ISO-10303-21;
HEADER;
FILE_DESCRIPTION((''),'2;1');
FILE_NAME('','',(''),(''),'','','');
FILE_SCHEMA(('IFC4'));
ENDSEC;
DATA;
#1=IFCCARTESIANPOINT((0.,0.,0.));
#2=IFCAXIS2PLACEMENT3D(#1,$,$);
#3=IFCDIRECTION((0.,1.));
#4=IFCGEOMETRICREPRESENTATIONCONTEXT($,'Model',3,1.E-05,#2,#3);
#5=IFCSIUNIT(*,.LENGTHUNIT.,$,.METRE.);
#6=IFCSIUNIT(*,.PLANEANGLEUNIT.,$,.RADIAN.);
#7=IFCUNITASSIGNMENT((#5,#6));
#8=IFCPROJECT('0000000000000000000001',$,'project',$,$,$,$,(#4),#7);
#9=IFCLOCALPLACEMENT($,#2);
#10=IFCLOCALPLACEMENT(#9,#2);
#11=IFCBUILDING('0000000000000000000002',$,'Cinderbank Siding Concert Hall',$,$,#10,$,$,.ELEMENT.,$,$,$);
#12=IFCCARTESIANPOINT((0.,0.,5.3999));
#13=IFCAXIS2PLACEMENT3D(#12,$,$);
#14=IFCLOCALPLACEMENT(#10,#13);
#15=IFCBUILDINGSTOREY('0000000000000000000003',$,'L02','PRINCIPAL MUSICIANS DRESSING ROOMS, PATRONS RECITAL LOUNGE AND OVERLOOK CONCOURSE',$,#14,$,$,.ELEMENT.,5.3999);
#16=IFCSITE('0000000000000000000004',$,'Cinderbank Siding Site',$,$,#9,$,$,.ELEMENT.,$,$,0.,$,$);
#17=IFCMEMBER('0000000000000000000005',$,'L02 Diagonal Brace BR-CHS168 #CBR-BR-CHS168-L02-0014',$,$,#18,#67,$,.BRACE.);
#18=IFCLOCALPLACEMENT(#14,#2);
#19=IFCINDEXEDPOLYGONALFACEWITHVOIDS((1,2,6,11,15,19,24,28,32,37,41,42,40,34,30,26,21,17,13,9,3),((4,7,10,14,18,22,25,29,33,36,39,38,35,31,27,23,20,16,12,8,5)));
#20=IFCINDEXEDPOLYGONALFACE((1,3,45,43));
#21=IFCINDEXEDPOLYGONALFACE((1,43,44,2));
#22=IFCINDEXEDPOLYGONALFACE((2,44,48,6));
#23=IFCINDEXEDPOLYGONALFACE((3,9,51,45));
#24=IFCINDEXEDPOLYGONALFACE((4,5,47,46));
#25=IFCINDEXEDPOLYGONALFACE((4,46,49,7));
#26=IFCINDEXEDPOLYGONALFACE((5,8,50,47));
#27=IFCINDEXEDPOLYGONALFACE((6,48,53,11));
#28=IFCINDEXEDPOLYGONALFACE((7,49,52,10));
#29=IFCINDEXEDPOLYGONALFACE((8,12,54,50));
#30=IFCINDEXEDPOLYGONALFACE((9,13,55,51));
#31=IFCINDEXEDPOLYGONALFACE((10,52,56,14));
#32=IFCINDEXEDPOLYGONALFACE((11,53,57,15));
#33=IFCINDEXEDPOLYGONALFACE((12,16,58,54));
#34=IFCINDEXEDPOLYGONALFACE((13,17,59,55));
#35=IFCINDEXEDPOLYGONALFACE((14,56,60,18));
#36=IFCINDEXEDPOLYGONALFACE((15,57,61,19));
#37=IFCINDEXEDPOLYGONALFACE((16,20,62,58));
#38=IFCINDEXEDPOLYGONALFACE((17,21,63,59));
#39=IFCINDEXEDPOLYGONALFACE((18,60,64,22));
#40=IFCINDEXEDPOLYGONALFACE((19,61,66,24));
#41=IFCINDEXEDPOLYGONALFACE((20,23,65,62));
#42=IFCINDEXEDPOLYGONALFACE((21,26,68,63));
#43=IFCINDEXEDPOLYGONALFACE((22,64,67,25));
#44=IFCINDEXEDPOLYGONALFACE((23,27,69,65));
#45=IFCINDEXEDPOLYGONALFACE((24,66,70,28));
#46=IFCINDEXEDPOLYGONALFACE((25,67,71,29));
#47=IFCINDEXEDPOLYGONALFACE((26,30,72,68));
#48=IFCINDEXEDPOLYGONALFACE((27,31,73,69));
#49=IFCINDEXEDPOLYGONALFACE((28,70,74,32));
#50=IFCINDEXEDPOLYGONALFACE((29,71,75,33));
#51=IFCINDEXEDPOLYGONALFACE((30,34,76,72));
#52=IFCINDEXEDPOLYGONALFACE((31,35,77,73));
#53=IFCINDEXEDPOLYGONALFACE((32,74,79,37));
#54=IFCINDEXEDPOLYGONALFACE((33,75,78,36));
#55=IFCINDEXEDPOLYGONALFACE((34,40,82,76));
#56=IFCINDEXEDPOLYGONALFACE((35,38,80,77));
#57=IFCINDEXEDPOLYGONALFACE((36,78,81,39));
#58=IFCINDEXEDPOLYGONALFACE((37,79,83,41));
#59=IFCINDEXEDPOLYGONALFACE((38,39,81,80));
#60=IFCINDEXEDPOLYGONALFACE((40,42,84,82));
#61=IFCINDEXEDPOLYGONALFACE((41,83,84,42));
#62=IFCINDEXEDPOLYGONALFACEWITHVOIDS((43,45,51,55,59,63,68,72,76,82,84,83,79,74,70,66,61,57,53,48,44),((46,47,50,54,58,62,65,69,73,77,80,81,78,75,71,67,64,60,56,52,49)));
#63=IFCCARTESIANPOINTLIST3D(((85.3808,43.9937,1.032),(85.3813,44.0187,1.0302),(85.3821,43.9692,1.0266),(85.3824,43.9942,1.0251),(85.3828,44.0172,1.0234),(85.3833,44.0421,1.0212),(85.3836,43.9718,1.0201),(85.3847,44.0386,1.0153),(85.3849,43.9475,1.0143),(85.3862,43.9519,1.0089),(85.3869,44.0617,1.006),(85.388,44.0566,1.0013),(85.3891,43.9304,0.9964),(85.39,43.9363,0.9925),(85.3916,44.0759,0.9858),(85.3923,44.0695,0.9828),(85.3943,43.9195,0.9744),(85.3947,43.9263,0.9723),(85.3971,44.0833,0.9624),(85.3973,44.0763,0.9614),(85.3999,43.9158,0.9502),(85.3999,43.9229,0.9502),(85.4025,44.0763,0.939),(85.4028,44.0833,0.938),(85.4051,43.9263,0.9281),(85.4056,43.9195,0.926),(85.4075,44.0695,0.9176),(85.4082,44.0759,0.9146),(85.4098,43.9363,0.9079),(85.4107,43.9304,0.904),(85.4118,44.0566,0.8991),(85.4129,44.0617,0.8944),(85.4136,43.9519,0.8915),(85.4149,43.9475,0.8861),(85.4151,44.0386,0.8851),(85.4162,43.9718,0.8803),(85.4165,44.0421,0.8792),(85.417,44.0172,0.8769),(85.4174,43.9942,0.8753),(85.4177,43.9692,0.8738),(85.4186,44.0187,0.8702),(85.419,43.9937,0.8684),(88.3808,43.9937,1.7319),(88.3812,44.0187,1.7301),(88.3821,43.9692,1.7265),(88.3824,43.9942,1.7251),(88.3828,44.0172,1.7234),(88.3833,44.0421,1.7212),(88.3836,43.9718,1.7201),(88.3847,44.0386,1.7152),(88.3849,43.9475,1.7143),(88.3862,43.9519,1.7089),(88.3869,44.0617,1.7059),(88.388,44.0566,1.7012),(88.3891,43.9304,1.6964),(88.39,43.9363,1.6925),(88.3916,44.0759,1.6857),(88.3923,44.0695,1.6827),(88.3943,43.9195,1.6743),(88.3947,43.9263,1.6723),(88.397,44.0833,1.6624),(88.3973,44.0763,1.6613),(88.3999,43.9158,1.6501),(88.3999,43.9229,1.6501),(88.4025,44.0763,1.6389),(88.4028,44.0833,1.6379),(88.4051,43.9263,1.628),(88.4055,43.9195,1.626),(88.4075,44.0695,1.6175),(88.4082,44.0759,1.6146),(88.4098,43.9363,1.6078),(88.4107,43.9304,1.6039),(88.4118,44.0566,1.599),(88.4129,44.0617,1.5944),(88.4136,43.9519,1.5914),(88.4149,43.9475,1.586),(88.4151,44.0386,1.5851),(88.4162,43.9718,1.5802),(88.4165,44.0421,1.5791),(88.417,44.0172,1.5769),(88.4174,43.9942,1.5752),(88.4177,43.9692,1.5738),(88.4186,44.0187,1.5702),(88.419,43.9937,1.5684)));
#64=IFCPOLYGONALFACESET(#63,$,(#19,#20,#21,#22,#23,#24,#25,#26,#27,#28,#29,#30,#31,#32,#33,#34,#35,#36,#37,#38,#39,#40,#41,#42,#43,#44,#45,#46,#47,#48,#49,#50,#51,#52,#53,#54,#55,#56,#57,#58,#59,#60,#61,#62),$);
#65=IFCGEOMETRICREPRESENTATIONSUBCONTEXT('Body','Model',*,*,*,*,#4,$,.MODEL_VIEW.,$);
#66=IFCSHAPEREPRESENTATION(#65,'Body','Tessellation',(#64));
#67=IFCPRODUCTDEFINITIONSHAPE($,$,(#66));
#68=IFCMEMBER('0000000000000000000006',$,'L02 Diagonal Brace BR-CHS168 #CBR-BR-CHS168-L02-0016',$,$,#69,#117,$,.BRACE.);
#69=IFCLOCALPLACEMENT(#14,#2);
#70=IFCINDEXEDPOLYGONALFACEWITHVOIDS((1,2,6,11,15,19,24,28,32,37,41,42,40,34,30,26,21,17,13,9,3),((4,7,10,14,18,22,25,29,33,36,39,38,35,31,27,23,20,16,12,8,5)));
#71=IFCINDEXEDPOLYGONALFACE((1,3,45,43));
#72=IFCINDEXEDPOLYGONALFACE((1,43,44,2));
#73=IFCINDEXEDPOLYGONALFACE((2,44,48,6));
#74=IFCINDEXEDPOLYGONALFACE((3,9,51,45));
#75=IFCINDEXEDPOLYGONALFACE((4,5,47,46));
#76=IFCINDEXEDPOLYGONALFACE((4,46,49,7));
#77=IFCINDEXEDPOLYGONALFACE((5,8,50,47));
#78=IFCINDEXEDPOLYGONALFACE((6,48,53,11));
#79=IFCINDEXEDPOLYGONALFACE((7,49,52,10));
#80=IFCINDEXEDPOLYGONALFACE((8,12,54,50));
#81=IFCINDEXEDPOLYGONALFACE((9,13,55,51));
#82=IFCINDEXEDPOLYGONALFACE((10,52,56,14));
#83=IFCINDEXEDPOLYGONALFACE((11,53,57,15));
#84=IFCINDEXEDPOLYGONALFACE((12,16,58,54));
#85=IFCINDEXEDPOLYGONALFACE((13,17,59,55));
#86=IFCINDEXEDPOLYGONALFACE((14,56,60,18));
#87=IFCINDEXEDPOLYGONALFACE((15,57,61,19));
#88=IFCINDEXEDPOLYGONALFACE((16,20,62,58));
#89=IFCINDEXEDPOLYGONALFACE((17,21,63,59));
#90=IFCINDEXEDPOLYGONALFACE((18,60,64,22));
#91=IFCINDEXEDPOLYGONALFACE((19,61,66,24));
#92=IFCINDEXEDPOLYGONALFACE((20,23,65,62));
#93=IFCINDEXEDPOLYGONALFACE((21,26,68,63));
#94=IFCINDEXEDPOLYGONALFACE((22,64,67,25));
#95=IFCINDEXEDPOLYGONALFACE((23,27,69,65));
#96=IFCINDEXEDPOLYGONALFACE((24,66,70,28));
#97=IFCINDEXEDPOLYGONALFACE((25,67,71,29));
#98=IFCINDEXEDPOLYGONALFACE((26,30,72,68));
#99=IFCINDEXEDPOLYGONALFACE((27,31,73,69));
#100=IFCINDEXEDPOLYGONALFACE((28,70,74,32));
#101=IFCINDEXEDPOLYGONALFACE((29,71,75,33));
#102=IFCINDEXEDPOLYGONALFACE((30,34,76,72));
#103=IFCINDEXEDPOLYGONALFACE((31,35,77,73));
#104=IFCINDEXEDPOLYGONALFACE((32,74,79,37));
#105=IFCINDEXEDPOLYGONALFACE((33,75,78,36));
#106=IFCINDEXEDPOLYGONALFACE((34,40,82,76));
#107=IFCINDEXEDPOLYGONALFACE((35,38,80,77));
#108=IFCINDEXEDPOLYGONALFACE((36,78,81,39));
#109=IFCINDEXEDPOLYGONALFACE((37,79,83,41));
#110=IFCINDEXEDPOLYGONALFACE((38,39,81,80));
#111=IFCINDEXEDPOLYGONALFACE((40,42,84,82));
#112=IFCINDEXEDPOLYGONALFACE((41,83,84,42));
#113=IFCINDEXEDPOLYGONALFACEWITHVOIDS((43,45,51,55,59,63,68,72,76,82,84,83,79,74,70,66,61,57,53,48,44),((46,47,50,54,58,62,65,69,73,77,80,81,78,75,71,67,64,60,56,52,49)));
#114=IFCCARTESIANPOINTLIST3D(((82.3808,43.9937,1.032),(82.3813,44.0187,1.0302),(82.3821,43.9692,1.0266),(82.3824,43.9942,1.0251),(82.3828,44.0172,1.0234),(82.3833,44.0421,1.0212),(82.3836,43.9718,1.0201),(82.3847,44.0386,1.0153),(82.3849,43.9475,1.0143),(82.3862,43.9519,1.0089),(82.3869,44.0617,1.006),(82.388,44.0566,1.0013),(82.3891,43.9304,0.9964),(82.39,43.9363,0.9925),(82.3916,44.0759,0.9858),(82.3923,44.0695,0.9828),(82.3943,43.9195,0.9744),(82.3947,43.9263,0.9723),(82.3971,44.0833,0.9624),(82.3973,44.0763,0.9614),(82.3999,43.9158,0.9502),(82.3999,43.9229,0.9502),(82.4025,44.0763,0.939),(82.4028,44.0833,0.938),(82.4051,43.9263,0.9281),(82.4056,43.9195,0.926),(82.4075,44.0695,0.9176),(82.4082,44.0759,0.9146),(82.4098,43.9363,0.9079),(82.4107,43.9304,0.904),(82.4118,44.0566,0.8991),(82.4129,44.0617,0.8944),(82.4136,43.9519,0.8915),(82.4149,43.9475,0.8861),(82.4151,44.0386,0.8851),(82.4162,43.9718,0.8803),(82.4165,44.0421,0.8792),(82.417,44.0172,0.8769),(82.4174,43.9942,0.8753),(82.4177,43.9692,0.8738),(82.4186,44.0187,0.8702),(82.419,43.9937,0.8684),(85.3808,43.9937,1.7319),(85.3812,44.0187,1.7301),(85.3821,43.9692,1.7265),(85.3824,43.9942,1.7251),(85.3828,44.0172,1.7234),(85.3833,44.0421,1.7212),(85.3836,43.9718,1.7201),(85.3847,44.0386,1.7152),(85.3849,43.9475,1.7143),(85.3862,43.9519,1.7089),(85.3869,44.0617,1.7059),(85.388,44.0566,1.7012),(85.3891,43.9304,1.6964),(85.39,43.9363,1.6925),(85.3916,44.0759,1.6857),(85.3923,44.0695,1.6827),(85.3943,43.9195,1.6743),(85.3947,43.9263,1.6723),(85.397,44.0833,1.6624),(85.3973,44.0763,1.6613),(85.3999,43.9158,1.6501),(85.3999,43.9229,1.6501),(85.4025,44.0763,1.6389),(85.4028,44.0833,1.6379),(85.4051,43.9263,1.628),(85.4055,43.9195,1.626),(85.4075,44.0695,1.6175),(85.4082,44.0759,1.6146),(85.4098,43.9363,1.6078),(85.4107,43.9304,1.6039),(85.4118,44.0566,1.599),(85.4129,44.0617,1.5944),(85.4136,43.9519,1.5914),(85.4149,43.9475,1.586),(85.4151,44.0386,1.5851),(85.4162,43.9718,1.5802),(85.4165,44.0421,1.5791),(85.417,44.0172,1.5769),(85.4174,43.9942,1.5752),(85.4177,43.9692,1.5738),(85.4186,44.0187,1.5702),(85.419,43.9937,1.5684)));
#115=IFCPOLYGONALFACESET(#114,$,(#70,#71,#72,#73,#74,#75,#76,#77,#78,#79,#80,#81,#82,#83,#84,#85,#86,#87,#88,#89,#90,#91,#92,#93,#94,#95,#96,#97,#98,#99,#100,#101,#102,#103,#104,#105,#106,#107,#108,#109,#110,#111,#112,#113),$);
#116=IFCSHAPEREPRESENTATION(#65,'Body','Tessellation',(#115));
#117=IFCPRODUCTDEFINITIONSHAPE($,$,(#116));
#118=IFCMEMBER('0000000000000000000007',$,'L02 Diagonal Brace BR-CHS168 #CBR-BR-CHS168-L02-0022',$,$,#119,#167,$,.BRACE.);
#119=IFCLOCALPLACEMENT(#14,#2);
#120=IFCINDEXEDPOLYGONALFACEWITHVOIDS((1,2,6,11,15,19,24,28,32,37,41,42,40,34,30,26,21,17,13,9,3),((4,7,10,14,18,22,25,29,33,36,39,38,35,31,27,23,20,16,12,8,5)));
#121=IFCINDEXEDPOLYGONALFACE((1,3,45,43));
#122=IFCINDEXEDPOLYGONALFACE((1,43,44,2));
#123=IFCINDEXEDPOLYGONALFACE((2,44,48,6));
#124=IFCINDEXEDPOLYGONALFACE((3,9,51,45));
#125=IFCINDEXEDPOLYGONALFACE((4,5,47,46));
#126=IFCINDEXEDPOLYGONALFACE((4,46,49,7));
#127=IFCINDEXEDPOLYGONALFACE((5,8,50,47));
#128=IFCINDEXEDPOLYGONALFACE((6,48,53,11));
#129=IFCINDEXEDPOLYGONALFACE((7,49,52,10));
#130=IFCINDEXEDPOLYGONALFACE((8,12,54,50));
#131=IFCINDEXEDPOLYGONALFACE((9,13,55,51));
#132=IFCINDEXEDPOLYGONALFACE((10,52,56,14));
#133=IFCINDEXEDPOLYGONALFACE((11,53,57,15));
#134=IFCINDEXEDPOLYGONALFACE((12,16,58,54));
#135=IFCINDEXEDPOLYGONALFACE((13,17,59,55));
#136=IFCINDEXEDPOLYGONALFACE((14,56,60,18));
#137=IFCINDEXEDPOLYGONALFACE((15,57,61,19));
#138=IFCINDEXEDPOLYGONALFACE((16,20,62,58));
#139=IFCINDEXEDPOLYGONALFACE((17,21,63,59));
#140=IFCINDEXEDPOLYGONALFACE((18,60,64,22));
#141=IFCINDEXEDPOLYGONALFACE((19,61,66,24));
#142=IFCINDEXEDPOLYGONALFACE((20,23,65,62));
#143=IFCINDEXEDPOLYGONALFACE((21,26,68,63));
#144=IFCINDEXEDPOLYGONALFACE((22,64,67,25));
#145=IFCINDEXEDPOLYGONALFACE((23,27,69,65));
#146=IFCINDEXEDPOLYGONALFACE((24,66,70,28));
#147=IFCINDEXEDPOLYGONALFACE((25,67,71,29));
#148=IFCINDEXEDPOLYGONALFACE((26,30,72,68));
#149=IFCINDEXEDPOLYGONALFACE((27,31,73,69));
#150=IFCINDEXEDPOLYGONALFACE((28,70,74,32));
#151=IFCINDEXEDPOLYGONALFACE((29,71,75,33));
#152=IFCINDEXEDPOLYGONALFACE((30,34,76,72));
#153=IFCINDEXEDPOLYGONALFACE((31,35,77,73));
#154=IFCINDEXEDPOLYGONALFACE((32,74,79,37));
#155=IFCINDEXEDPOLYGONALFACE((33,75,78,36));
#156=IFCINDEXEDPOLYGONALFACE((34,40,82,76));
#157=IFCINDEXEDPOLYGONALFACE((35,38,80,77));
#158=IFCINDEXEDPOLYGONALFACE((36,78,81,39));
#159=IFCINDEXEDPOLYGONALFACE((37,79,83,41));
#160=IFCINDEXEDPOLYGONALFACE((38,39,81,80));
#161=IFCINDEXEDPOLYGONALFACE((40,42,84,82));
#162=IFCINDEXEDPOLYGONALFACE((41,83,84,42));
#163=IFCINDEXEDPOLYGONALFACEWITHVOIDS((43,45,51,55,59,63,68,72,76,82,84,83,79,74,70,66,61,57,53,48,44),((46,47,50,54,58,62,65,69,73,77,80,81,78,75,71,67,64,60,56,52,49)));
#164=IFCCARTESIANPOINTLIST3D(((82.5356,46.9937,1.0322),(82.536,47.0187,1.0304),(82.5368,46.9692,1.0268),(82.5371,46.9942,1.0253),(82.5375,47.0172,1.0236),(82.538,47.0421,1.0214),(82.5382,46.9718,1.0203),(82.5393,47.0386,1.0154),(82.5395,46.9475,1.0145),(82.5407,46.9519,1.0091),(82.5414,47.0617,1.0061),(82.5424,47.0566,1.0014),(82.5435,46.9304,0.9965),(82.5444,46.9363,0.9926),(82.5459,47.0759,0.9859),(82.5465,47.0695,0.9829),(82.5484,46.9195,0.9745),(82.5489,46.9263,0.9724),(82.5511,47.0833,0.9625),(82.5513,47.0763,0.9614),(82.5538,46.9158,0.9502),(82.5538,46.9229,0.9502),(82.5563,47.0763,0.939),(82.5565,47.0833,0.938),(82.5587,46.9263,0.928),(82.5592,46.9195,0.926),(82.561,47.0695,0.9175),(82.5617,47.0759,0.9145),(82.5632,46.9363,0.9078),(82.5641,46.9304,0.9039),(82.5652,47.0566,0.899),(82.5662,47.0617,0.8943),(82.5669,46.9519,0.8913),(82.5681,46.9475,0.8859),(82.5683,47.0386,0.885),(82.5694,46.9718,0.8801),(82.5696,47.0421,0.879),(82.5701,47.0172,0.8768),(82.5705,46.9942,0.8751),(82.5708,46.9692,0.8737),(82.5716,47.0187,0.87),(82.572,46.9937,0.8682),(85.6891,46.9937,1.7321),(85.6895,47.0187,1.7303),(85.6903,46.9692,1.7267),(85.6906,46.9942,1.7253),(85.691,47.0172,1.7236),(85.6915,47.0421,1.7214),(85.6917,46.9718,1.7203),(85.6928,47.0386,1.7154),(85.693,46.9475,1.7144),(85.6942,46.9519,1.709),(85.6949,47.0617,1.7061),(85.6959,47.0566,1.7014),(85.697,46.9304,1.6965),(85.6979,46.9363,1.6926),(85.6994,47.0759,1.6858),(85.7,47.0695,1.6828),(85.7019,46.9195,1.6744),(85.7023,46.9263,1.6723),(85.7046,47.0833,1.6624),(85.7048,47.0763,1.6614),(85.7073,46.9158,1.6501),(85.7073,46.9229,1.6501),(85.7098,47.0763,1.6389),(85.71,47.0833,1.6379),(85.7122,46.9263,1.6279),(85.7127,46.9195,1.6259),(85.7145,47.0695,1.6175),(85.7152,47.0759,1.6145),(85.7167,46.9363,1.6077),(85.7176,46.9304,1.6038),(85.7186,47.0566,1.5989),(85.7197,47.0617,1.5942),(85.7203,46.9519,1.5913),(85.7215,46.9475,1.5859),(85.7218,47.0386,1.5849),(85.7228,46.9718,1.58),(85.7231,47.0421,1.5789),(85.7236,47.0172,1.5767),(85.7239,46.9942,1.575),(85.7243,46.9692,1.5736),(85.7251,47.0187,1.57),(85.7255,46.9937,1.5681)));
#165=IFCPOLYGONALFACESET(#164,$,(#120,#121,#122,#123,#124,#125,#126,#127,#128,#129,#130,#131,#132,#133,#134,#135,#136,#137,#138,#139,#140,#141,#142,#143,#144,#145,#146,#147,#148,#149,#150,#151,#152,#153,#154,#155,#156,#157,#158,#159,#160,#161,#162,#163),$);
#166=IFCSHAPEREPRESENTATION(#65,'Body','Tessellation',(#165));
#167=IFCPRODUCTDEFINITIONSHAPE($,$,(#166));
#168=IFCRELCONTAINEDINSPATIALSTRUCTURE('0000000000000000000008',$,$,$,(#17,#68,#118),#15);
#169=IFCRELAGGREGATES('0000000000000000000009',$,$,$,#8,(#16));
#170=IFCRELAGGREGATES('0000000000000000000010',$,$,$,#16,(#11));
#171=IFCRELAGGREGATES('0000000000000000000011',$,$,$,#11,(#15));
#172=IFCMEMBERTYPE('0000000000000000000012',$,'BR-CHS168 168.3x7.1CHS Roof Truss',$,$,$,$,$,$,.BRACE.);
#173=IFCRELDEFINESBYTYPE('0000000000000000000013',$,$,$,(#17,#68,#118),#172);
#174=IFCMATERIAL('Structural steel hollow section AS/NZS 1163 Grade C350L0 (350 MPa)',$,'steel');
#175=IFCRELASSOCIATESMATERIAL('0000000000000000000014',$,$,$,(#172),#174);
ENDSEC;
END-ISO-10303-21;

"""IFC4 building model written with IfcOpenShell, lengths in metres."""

from ifc_helpers import new_model, si_unit, direction, frame, origin, origin_2d, place, context, subcontext, project, spatial, hollow_circle, extrude, material, material_profile, profile_set, type_object, element, save


model = new_model("IFC4")

# Units and contexts
model_context = context("Model", 3, precision=1e-05, world=origin(), true_north=direction((0.0, 1.0)))
body_context = subcontext(model_context, "Body", "Model", "MODEL_VIEW")
ifc_project = project(units=[si_unit("LENGTHUNIT", "METRE"), si_unit("PLANEANGLEUNIT", "RADIAN")], contexts=[model_context])

# Site, building, storey
site_placement = place(None, origin())
site = spatial("IfcSite", under=ifc_project, at=site_placement, Name="Cinderbank Siding Site", CompositionType="ELEMENT", RefElevation=0.0)
building_placement = place(site_placement, origin())
building = spatial("IfcBuilding", under=site, at=building_placement, Name="Cinderbank Siding Concert Hall", CompositionType="ELEMENT")
storey_placement = place(building_placement, frame((0.0, 0.0, 5.3999)))
storey = spatial("IfcBuildingStorey", under=building, at=storey_placement, Name="L02", Description="PRINCIPAL MUSICIANS DRESSING ROOMS, PATRONS RECITAL LOUNGE AND OVERLOOK CONCOURSE", CompositionType="ELEMENT", Elevation=5.3999)

# Shared definitions
ifc_material_1 = material(Name="Structural steel hollow section AS/NZS 1163 Grade C350L0 (350 MPa)", Category="steel")

# Members
ifc_material_profile_1 = material_profile(ifc_material_1, hollow_circle(Radius=0.0842, WallThickness=0.0071, at=origin_2d()), Name="168.3x7.1CHS", Category="LoadBearing")
ifc_profile_set_1 = profile_set([ifc_material_profile_1], Name="Structural steel hollow section AS/NZS 1163 Grade C350L0 (350 MPa)")
member_type_1 = type_object("IfcMemberType", Name="BR-CHS168 168.3x7.1CHS Roof Truss", PredefinedType="BRACE", material=ifc_profile_set_1)
for number, where, z_axis, x_axis, name in (
    (1, (88.3999, 44.0, 1.6501), (-0.973845, 0.0, -0.227215), (0.0, -1.0, 0.0), "L02 Diagonal Brace BR-CHS168 #CBR-BR-CHS168-L02-0014"),
    (2, (85.3999, 44.0, 1.6501), (-0.973845, 0.0, -0.227215), (0.0, -1.0, 0.0), "L02 Diagonal Brace BR-CHS168 #CBR-BR-CHS168-L02-0016"),
):
    element("IfcMember", number, at=place(storey_placement, frame(where, z_axis=z_axis, x_axis=x_axis)), inside=storey, type_object=member_type_1, Name=name, PredefinedType="BRACE", context=body_context, shape_type="SweptSolid", body=[
        extrude(hollow_circle(Radius=0.0842, WallThickness=0.0071, at=origin_2d()), origin(), (0.0, 0.0, 1.0), 3.0806),
    ])
member_1_placement = place(storey_placement, frame((85.7073, 47.0, 1.6501), z_axis=(-0.976242, 0.0, -0.216682), x_axis=(0.0, -1.0, 0.0)))
element("IfcMember", 3, at=member_1_placement, inside=storey, type_object=member_type_1, Name="L02 Diagonal Brace BR-CHS168 #CBR-BR-CHS168-L02-0022", PredefinedType="BRACE", context=body_context, shape_type="SweptSolid", body=[
    extrude(hollow_circle(Radius=0.0842, WallThickness=0.0071, at=origin_2d()), origin(), (0.0, 0.0, 1.0), 3.2302),
])

save(model, "model.ifc")
